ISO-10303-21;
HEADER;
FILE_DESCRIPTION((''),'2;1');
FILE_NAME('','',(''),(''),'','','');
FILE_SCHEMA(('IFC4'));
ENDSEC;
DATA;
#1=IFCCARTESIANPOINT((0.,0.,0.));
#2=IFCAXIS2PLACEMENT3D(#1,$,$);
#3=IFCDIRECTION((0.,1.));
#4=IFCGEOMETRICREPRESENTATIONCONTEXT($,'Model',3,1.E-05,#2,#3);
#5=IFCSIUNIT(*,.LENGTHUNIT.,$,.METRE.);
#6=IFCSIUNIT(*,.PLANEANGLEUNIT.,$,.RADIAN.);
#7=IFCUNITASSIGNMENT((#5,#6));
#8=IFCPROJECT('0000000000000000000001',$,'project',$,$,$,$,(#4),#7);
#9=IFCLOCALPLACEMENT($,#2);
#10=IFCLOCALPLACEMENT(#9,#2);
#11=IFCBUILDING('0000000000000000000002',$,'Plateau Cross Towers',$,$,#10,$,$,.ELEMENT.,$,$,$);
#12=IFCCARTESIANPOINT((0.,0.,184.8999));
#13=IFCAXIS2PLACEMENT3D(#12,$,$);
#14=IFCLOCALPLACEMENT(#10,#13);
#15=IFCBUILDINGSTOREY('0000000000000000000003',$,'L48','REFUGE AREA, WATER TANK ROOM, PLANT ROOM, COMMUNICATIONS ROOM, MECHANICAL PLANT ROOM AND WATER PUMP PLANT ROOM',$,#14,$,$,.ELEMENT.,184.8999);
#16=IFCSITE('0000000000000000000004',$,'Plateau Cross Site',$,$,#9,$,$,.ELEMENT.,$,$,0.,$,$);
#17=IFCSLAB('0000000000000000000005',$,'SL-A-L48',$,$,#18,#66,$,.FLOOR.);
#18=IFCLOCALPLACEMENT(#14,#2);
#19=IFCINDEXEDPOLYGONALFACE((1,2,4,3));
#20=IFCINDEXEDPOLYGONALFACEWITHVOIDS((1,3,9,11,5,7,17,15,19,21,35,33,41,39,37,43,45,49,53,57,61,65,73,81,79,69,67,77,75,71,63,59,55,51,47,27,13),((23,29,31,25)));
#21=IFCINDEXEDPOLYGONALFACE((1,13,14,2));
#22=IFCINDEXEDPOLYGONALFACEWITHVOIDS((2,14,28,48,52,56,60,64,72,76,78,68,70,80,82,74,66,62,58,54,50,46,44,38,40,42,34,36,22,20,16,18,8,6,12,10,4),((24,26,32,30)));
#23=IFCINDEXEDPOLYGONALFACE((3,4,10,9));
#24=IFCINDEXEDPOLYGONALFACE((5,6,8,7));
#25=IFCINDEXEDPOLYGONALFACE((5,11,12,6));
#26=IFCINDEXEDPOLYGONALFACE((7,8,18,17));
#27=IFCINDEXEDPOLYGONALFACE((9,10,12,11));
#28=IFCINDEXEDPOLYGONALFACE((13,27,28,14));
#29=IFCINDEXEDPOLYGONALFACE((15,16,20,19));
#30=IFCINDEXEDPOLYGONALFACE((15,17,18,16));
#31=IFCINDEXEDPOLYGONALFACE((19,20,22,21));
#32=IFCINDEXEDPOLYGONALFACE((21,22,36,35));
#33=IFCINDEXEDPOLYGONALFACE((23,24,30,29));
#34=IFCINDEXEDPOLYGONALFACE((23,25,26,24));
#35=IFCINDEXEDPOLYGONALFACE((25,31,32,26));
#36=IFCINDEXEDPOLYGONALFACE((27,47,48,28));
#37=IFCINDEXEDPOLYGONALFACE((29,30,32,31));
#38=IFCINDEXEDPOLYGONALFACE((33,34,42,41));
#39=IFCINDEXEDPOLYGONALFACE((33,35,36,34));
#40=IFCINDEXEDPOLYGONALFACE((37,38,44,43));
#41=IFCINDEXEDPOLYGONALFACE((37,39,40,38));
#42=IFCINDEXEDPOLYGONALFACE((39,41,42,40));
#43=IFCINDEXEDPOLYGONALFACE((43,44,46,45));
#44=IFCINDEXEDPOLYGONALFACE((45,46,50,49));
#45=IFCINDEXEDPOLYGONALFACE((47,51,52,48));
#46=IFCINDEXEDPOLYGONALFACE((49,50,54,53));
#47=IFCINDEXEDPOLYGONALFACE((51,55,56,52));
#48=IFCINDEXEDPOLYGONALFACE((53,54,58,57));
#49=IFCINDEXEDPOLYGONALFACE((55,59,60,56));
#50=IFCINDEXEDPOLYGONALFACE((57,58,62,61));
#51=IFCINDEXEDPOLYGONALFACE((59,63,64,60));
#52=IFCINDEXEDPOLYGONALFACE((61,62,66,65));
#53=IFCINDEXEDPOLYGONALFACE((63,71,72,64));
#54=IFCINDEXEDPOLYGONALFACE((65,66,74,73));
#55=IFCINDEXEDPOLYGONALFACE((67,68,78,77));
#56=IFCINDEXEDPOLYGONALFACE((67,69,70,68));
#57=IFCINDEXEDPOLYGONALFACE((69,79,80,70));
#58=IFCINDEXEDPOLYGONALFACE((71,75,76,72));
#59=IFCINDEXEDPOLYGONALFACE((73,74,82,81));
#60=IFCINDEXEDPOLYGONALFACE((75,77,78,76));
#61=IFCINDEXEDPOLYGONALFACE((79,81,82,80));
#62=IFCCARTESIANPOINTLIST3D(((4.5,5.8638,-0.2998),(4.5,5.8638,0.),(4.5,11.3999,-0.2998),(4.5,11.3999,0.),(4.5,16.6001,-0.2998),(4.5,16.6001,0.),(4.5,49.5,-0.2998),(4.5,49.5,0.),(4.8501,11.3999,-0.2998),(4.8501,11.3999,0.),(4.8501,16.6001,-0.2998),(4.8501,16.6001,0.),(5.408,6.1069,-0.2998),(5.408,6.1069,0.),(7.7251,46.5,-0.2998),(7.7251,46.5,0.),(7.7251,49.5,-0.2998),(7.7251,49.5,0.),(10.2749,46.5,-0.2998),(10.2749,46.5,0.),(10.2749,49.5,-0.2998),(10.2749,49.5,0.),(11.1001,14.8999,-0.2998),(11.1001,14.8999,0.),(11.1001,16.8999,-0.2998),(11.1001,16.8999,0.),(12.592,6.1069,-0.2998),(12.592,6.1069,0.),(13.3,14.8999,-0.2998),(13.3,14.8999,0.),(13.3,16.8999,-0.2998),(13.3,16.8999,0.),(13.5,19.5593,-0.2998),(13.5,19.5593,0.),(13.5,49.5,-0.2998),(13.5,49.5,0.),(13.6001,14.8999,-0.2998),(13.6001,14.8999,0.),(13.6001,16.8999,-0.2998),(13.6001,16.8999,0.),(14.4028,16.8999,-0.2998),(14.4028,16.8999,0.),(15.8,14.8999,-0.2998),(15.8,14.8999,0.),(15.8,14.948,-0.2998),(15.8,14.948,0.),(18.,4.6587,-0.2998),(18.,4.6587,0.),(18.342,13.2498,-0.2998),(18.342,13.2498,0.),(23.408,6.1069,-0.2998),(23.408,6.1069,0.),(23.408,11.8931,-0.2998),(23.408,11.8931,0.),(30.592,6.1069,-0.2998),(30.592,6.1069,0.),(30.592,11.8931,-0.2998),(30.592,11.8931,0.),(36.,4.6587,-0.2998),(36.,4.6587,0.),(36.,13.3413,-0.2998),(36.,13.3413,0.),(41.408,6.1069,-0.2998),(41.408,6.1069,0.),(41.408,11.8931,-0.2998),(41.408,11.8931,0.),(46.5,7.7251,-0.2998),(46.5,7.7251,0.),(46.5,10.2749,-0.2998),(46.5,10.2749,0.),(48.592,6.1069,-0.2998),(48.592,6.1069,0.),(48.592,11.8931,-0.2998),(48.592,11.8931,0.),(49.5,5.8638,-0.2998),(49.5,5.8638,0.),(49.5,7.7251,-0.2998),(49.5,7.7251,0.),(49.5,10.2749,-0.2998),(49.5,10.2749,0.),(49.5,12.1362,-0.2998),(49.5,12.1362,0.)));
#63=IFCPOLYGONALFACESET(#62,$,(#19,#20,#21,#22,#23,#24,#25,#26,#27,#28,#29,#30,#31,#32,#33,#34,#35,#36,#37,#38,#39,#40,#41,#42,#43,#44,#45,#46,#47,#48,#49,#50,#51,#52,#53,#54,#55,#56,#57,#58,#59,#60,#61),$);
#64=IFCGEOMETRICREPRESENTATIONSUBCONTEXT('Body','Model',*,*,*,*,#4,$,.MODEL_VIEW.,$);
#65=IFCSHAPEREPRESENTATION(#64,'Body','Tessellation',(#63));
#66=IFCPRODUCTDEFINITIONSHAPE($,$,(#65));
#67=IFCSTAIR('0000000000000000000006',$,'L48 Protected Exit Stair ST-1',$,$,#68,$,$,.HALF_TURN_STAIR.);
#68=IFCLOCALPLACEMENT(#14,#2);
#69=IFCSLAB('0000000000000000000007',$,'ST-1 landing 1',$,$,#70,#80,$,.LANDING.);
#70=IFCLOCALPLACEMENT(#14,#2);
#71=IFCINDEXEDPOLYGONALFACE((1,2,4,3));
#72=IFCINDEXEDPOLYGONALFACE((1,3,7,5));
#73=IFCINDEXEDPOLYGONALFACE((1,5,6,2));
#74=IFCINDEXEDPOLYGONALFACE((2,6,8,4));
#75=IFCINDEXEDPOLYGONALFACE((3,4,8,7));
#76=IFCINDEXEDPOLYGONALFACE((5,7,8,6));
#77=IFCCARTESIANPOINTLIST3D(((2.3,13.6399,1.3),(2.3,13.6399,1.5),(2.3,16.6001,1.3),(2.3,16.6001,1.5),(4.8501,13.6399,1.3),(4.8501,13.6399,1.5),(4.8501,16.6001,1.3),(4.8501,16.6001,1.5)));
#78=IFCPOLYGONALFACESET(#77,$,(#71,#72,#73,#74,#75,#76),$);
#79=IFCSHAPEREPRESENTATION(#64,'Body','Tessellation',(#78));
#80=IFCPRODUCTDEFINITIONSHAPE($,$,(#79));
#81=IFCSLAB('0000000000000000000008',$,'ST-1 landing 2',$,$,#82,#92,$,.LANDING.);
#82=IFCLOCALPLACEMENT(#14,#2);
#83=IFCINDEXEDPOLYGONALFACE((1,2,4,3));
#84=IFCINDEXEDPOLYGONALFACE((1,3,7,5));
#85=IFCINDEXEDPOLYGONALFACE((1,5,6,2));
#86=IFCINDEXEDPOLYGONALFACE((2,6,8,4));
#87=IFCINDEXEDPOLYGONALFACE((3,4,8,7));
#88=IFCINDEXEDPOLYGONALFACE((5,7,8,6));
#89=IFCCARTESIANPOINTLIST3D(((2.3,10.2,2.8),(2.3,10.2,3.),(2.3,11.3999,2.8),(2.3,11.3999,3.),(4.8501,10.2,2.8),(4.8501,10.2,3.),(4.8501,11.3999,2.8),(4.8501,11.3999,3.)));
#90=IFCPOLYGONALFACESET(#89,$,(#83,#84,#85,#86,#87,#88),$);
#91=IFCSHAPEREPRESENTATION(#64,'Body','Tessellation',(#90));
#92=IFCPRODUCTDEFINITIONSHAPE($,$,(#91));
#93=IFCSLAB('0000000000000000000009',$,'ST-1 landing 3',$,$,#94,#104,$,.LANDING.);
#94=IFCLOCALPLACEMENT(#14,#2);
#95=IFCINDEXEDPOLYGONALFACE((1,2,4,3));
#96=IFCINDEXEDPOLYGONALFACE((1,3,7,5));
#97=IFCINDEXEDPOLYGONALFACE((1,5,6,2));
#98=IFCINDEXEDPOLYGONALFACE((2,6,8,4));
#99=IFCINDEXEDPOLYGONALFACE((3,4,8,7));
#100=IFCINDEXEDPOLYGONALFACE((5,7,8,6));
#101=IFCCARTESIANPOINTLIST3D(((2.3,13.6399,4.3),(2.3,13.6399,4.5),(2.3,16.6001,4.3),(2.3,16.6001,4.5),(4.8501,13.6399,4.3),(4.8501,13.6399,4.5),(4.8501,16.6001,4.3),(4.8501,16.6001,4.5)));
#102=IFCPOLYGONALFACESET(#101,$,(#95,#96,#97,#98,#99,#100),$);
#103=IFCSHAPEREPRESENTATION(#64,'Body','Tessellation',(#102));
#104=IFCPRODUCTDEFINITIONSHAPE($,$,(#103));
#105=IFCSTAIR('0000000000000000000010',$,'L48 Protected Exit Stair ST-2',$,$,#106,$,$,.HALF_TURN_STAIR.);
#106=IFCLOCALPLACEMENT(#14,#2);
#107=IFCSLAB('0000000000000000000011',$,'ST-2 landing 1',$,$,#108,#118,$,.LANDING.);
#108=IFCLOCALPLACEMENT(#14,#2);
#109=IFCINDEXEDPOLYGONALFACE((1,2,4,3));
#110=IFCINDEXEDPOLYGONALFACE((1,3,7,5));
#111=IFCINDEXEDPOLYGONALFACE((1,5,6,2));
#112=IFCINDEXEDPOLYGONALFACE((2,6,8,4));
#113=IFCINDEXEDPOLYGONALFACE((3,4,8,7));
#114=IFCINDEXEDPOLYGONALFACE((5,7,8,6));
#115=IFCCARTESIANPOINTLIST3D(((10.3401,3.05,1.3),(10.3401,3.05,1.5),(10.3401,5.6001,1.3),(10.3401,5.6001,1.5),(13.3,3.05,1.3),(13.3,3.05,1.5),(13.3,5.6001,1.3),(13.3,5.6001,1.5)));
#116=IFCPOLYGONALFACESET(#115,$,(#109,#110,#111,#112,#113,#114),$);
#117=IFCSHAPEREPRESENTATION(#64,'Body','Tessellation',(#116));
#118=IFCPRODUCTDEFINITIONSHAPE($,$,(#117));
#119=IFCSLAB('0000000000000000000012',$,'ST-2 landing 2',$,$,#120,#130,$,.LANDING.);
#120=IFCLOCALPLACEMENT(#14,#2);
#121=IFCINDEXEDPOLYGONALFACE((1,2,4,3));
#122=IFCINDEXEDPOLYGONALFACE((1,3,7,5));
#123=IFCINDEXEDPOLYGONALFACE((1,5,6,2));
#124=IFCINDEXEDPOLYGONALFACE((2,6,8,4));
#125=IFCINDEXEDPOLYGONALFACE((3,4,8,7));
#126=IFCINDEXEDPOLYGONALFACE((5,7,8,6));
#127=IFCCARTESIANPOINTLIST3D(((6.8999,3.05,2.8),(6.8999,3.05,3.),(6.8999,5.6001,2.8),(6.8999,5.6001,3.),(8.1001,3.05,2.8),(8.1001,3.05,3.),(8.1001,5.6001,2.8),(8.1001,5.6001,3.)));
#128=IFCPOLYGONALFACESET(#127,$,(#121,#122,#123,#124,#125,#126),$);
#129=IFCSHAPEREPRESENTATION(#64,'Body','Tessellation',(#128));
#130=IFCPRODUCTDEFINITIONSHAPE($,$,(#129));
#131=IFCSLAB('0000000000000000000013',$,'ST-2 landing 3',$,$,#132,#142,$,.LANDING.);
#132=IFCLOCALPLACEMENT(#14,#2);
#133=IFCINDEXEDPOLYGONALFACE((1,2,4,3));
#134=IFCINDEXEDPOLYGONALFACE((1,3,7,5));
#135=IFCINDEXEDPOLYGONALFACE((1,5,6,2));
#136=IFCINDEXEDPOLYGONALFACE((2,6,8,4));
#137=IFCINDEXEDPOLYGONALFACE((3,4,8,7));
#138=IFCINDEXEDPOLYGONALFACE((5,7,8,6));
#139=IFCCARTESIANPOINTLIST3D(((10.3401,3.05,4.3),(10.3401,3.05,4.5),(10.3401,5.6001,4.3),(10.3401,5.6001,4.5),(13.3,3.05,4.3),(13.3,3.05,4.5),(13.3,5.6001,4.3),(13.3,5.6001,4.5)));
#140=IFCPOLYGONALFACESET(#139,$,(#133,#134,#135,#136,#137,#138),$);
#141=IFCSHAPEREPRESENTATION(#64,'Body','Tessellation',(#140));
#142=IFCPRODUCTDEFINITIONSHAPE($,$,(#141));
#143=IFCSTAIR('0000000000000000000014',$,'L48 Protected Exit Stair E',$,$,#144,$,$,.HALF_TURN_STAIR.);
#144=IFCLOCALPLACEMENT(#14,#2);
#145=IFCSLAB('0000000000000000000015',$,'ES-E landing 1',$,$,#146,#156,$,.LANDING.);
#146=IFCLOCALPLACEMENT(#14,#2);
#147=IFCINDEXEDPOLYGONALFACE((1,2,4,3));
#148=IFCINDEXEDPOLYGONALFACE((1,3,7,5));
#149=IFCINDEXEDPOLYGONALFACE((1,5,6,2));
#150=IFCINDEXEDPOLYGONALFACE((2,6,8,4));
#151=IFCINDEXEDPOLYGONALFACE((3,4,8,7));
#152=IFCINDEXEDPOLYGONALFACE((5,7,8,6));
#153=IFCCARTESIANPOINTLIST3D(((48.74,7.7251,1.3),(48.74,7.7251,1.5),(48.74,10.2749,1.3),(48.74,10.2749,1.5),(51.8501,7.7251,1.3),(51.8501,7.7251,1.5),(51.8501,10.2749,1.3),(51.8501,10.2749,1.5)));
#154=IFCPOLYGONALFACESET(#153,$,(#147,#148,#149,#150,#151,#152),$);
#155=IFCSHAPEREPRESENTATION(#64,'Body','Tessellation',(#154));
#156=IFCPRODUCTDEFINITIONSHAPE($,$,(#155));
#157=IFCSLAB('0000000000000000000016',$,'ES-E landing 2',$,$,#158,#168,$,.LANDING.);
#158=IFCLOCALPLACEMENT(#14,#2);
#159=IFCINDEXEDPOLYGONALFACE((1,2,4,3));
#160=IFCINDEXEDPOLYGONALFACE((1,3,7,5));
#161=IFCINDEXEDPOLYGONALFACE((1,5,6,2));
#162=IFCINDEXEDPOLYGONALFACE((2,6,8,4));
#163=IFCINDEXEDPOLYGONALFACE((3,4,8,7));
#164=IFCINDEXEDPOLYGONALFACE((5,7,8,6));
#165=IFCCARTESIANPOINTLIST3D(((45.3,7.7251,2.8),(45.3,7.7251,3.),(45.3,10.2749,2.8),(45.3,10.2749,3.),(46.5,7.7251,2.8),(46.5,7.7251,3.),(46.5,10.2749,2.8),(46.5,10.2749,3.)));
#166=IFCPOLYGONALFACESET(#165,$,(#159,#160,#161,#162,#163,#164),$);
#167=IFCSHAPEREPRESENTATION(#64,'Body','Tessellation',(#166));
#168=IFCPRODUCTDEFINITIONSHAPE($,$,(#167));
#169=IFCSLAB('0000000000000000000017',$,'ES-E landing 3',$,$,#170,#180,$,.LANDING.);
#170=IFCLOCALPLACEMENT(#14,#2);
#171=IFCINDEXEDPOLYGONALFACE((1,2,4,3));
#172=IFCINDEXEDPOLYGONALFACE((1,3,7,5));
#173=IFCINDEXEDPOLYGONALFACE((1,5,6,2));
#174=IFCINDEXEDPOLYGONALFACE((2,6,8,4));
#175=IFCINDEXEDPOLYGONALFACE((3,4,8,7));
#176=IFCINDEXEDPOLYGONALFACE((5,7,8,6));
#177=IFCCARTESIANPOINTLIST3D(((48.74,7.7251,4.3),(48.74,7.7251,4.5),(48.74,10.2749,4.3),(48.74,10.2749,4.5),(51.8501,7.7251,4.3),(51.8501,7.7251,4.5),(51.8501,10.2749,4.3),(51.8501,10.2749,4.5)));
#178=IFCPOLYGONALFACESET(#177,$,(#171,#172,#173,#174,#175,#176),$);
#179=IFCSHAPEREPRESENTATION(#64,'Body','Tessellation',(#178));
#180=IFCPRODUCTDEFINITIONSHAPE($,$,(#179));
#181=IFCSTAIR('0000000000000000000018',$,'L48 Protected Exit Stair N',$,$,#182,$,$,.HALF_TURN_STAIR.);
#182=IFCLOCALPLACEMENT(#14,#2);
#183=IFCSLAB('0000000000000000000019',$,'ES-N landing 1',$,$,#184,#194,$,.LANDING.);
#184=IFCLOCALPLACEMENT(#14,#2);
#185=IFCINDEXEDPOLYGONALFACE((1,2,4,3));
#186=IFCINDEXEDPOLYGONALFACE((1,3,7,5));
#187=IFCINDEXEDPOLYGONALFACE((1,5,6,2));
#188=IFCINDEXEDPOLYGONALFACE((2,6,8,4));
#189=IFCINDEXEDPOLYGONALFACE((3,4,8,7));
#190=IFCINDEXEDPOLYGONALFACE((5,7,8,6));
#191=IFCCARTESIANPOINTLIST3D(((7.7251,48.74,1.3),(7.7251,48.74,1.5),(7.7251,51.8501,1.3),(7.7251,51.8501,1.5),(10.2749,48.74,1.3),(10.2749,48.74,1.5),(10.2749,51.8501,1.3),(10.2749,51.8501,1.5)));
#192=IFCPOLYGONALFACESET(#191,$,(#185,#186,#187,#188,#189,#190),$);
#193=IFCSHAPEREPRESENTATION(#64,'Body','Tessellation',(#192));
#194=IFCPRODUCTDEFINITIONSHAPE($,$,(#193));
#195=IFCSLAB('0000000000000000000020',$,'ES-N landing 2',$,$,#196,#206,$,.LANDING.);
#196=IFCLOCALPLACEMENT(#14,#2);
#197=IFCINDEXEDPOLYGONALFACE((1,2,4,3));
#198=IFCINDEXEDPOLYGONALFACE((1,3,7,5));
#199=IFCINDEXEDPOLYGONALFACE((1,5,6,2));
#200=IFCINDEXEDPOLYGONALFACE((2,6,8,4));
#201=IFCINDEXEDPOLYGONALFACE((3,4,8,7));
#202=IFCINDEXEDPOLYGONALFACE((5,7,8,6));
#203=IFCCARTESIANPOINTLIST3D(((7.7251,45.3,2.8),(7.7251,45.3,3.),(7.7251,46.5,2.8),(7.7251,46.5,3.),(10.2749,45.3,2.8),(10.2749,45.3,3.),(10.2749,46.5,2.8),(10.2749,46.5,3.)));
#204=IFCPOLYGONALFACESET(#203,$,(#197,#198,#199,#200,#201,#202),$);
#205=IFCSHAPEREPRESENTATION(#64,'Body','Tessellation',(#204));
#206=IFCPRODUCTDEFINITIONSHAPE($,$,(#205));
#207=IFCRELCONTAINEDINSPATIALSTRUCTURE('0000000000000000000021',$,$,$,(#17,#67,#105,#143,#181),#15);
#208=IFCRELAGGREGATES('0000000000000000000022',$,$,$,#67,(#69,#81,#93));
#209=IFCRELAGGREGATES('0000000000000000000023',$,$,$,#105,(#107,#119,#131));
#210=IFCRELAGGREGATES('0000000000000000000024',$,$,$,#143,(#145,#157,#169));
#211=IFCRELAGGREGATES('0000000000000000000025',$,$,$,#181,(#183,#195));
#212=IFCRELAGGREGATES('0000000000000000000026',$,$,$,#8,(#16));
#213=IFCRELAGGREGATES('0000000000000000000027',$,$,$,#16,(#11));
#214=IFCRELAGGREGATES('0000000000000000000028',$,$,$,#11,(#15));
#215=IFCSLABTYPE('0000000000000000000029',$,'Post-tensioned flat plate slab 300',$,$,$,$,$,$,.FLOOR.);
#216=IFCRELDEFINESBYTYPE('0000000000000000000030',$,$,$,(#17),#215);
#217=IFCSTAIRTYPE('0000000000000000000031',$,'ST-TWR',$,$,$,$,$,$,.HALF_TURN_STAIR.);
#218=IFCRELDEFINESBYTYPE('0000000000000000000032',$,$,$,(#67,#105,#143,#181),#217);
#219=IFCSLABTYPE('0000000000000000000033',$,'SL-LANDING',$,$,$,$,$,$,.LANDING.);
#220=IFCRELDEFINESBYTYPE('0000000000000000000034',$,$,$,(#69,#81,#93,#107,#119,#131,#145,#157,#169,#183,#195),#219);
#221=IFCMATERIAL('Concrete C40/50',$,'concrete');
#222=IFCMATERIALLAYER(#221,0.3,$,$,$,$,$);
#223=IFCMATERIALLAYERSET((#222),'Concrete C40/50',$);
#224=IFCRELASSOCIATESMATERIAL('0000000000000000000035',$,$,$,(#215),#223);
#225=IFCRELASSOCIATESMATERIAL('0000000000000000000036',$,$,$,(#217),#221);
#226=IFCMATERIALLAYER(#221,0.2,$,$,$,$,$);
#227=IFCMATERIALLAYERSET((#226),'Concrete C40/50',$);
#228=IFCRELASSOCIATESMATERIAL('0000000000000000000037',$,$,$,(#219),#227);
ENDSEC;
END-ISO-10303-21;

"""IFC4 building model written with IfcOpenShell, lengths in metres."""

from ifc_helpers import new_model, si_unit, direction, frame, origin, place, context, subcontext, project, spatial, polyline, outline, extrude, material, layer, layer_set, type_object, element, aggregate, save


model = new_model("IFC4")

# Units and contexts
model_context = context("Model", 3, precision=1e-05, world=origin(), true_north=direction((0.0, 1.0)))
body_context = subcontext(model_context, "Body", "Model", "MODEL_VIEW")
ifc_project = project(units=[si_unit("LENGTHUNIT", "METRE"), si_unit("PLANEANGLEUNIT", "RADIAN")], contexts=[model_context])

# Site, building, storey
site_placement = place(None, origin())
site = spatial("IfcSite", under=ifc_project, at=site_placement, Name="Plateau Cross Site", CompositionType="ELEMENT", RefElevation=0.0)
building_placement = place(site_placement, origin())
building = spatial("IfcBuilding", under=site, at=building_placement, Name="Plateau Cross Towers", CompositionType="ELEMENT")
storey_placement = place(building_placement, frame((0.0, 0.0, 184.8999)))
storey = spatial("IfcBuildingStorey", under=building, at=storey_placement, Name="L48", Description="REFUGE AREA, WATER TANK ROOM, PLANT ROOM, COMMUNICATIONS ROOM, MECHANICAL PLANT ROOM AND WATER PUMP PLANT ROOM", CompositionType="ELEMENT", Elevation=184.8999)

# Slab
ifc_material_1 = material(Name="Concrete C40/50", Category="concrete")
ifc_layer_1 = layer(ifc_material_1, 0.3)
ifc_layer_set_1 = layer_set([ifc_layer_1], Name="Concrete C40/50")
slab_type_1 = type_object("IfcSlabType", Name="Post-tensioned flat plate slab 300", PredefinedType="FLOOR", material=ifc_layer_set_1)
slab_1_placement = place(storey_placement, frame((0.0, 0.0, -0.2998)))
element("IfcSlab", 1, at=slab_1_placement, inside=storey, type_object=slab_type_1, Name="SL-A-L48", PredefinedType="FLOOR", context=body_context, shape_type="SweptSolid", body=[
    extrude(outline(polyline([(46.5, 10.2749), (46.5, 7.7251), (49.5, 7.7251), (49.5, 5.8638), (48.592, 6.1069), (41.408, 6.1069), (36.0, 4.6587), (30.592, 6.1069), (23.408, 6.1069), (18.0, 4.6587), (12.592, 6.1069), (5.408, 6.1069), (4.5, 5.8638), (4.5, 11.3999), (4.8501, 11.3999), (4.8501, 16.6001), (4.5, 16.6001), (4.5, 49.5), (7.7251, 49.5), (7.7251, 46.5), (10.2749, 46.5), (10.2749, 49.5), (13.5, 49.5), (13.5, 19.5593), (14.4028, 16.8999), (13.6001, 16.8999), (13.6001, 14.8999), (15.8, 14.8999), (15.8, 14.948), (18.342, 13.2498), (23.408, 11.8931), (30.592, 11.8931), (36.0, 13.3413), (41.408, 11.8931), (48.592, 11.8931), (49.5, 12.1362), (49.5, 10.2749), (46.5, 10.2749)]), holes=[polyline([(11.1001, 16.8999), (11.1001, 14.8999), (13.3, 14.8999), (13.3, 16.8999), (11.1001, 16.8999)])]), origin(), (0.0, 0.0, 1.0), 0.2998),
])

# Stairs, slabs
stair_type = type_object("IfcStairType", Name="ST-TWR", PredefinedType="HALF_TURN_STAIR", material=ifc_material_1)
stair_1_placement = place(storey_placement, origin())
stair_1 = element("IfcStair", 2, at=stair_1_placement, inside=storey, type_object=stair_type, Name="L48 Protected Exit Stair ST-1", PredefinedType="HALF_TURN_STAIR")
ifc_layer_2 = layer(ifc_material_1, 0.2)
ifc_layer_set_2 = layer_set([ifc_layer_2], Name="Concrete C40/50")
slab_type_2 = type_object("IfcSlabType", Name="SL-LANDING", PredefinedType="LANDING", material=ifc_layer_set_2)
slab_2_placement = place(storey_placement, frame((0.0, 0.0, 1.3)))
slab_2 = element("IfcSlab", 3, at=slab_2_placement, type_object=slab_type_2, Name="ST-1 landing 1", PredefinedType="LANDING", context=body_context, shape_type="SweptSolid", body=[
    extrude(outline(polyline([(4.8501, 13.6399), (4.8501, 16.6001), (2.3, 16.6001), (2.3, 13.6399), (4.8501, 13.6399)])), origin(), (0.0, 0.0, 1.0), 0.2),
])
slab_3_placement = place(storey_placement, frame((0.0, 0.0, 2.8)))
slab_3 = element("IfcSlab", 4, at=slab_3_placement, type_object=slab_type_2, Name="ST-1 landing 2", PredefinedType="LANDING", context=body_context, shape_type="SweptSolid", body=[
    extrude(outline(polyline([(4.8501, 10.2), (4.8501, 11.3999), (2.3, 11.3999), (2.3, 10.2), (4.8501, 10.2)])), origin(), (0.0, 0.0, 1.0), 0.2),
])
slab_4_placement = place(storey_placement, frame((0.0, 0.0, 4.3)))
slab_4 = element("IfcSlab", 5, at=slab_4_placement, type_object=slab_type_2, Name="ST-1 landing 3", PredefinedType="LANDING", context=body_context, shape_type="SweptSolid", body=[
    extrude(outline(polyline([(4.8501, 13.6399), (4.8501, 16.6001), (2.3, 16.6001), (2.3, 13.6399), (4.8501, 13.6399)])), origin(), (0.0, 0.0, 1.0), 0.2),
])
aggregate(stair_1, [slab_2, slab_3, slab_4])
stair_2_placement = place(storey_placement, origin())
stair_2 = element("IfcStair", 6, at=stair_2_placement, inside=storey, type_object=stair_type, Name="L48 Protected Exit Stair ST-2", PredefinedType="HALF_TURN_STAIR")
slab_5_placement = place(storey_placement, frame((0.0, 0.0, 1.3)))
slab_5 = element("IfcSlab", 7, at=slab_5_placement, type_object=slab_type_2, Name="ST-2 landing 1", PredefinedType="LANDING", context=body_context, shape_type="SweptSolid", body=[
    extrude(outline(polyline([(10.3401, 3.05), (13.3, 3.05), (13.3, 5.6001), (10.3401, 5.6001), (10.3401, 3.05)])), origin(), (0.0, 0.0, 1.0), 0.2),
])
slab_6_placement = place(storey_placement, frame((0.0, 0.0, 2.8)))
slab_6 = element("IfcSlab", 8, at=slab_6_placement, type_object=slab_type_2, Name="ST-2 landing 2", PredefinedType="LANDING", context=body_context, shape_type="SweptSolid", body=[
    extrude(outline(polyline([(6.8999, 3.05), (8.1001, 3.05), (8.1001, 5.6001), (6.8999, 5.6001), (6.8999, 3.05)])), origin(), (0.0, 0.0, 1.0), 0.2),
])
slab_7_placement = place(storey_placement, frame((0.0, 0.0, 4.3)))
slab_7 = element("IfcSlab", 9, at=slab_7_placement, type_object=slab_type_2, Name="ST-2 landing 3", PredefinedType="LANDING", context=body_context, shape_type="SweptSolid", body=[
    extrude(outline(polyline([(10.3401, 3.05), (13.3, 3.05), (13.3, 5.6001), (10.3401, 5.6001), (10.3401, 3.05)])), origin(), (0.0, 0.0, 1.0), 0.2),
])
aggregate(stair_2, [slab_5, slab_6, slab_7])
stair_3_placement = place(storey_placement, origin())
stair_3 = element("IfcStair", 10, at=stair_3_placement, inside=storey, type_object=stair_type, Name="L48 Protected Exit Stair E", PredefinedType="HALF_TURN_STAIR")
slab_8_placement = place(storey_placement, frame((0.0, 0.0, 1.3)))
slab_8 = element("IfcSlab", 11, at=slab_8_placement, type_object=slab_type_2, Name="ES-E landing 1", PredefinedType="LANDING", context=body_context, shape_type="SweptSolid", body=[
    extrude(outline(polyline([(48.74, 7.7251), (51.8501, 7.7251), (51.8501, 10.2749), (48.74, 10.2749), (48.74, 7.7251)])), origin(), (0.0, 0.0, 1.0), 0.2),
])
slab_9_placement = place(storey_placement, frame((0.0, 0.0, 2.8)))
slab_9 = element("IfcSlab", 12, at=slab_9_placement, type_object=slab_type_2, Name="ES-E landing 2", PredefinedType="LANDING", context=body_context, shape_type="SweptSolid", body=[
    extrude(outline(polyline([(45.3, 7.7251), (46.5, 7.7251), (46.5, 10.2749), (45.3, 10.2749), (45.3, 7.7251)])), origin(), (0.0, 0.0, 1.0), 0.2),
])
slab_10_placement = place(storey_placement, frame((0.0, 0.0, 4.3)))
slab_10 = element("IfcSlab", 13, at=slab_10_placement, type_object=slab_type_2, Name="ES-E landing 3", PredefinedType="LANDING", context=body_context, shape_type="SweptSolid", body=[
    extrude(outline(polyline([(48.74, 7.7251), (51.8501, 7.7251), (51.8501, 10.2749), (48.74, 10.2749), (48.74, 7.7251)])), origin(), (0.0, 0.0, 1.0), 0.2),
])
aggregate(stair_3, [slab_8, slab_9, slab_10])
stair_4_placement = place(storey_placement, origin())
stair_4 = element("IfcStair", 14, at=stair_4_placement, inside=storey, type_object=stair_type, Name="L48 Protected Exit Stair N", PredefinedType="HALF_TURN_STAIR")
slab_11_placement = place(storey_placement, frame((0.0, 0.0, 1.3)))
slab_11 = element("IfcSlab", 15, at=slab_11_placement, type_object=slab_type_2, Name="ES-N landing 1", PredefinedType="LANDING", context=body_context, shape_type="SweptSolid", body=[
    extrude(outline(polyline([(10.2749, 48.74), (10.2749, 51.8501), (7.7251, 51.8501), (7.7251, 48.74), (10.2749, 48.74)])), origin(), (0.0, 0.0, 1.0), 0.2),
])
slab_12_placement = place(storey_placement, frame((0.0, 0.0, 2.8)))
slab_12 = element("IfcSlab", 16, at=slab_12_placement, type_object=slab_type_2, Name="ES-N landing 2", PredefinedType="LANDING", context=body_context, shape_type="SweptSolid", body=[
    extrude(outline(polyline([(10.2749, 45.3), (10.2749, 46.5), (7.7251, 46.5), (7.7251, 45.3), (10.2749, 45.3)])), origin(), (0.0, 0.0, 1.0), 0.2),
])
aggregate(stair_4, [slab_11, slab_12])

save(model, "model.ifc")
